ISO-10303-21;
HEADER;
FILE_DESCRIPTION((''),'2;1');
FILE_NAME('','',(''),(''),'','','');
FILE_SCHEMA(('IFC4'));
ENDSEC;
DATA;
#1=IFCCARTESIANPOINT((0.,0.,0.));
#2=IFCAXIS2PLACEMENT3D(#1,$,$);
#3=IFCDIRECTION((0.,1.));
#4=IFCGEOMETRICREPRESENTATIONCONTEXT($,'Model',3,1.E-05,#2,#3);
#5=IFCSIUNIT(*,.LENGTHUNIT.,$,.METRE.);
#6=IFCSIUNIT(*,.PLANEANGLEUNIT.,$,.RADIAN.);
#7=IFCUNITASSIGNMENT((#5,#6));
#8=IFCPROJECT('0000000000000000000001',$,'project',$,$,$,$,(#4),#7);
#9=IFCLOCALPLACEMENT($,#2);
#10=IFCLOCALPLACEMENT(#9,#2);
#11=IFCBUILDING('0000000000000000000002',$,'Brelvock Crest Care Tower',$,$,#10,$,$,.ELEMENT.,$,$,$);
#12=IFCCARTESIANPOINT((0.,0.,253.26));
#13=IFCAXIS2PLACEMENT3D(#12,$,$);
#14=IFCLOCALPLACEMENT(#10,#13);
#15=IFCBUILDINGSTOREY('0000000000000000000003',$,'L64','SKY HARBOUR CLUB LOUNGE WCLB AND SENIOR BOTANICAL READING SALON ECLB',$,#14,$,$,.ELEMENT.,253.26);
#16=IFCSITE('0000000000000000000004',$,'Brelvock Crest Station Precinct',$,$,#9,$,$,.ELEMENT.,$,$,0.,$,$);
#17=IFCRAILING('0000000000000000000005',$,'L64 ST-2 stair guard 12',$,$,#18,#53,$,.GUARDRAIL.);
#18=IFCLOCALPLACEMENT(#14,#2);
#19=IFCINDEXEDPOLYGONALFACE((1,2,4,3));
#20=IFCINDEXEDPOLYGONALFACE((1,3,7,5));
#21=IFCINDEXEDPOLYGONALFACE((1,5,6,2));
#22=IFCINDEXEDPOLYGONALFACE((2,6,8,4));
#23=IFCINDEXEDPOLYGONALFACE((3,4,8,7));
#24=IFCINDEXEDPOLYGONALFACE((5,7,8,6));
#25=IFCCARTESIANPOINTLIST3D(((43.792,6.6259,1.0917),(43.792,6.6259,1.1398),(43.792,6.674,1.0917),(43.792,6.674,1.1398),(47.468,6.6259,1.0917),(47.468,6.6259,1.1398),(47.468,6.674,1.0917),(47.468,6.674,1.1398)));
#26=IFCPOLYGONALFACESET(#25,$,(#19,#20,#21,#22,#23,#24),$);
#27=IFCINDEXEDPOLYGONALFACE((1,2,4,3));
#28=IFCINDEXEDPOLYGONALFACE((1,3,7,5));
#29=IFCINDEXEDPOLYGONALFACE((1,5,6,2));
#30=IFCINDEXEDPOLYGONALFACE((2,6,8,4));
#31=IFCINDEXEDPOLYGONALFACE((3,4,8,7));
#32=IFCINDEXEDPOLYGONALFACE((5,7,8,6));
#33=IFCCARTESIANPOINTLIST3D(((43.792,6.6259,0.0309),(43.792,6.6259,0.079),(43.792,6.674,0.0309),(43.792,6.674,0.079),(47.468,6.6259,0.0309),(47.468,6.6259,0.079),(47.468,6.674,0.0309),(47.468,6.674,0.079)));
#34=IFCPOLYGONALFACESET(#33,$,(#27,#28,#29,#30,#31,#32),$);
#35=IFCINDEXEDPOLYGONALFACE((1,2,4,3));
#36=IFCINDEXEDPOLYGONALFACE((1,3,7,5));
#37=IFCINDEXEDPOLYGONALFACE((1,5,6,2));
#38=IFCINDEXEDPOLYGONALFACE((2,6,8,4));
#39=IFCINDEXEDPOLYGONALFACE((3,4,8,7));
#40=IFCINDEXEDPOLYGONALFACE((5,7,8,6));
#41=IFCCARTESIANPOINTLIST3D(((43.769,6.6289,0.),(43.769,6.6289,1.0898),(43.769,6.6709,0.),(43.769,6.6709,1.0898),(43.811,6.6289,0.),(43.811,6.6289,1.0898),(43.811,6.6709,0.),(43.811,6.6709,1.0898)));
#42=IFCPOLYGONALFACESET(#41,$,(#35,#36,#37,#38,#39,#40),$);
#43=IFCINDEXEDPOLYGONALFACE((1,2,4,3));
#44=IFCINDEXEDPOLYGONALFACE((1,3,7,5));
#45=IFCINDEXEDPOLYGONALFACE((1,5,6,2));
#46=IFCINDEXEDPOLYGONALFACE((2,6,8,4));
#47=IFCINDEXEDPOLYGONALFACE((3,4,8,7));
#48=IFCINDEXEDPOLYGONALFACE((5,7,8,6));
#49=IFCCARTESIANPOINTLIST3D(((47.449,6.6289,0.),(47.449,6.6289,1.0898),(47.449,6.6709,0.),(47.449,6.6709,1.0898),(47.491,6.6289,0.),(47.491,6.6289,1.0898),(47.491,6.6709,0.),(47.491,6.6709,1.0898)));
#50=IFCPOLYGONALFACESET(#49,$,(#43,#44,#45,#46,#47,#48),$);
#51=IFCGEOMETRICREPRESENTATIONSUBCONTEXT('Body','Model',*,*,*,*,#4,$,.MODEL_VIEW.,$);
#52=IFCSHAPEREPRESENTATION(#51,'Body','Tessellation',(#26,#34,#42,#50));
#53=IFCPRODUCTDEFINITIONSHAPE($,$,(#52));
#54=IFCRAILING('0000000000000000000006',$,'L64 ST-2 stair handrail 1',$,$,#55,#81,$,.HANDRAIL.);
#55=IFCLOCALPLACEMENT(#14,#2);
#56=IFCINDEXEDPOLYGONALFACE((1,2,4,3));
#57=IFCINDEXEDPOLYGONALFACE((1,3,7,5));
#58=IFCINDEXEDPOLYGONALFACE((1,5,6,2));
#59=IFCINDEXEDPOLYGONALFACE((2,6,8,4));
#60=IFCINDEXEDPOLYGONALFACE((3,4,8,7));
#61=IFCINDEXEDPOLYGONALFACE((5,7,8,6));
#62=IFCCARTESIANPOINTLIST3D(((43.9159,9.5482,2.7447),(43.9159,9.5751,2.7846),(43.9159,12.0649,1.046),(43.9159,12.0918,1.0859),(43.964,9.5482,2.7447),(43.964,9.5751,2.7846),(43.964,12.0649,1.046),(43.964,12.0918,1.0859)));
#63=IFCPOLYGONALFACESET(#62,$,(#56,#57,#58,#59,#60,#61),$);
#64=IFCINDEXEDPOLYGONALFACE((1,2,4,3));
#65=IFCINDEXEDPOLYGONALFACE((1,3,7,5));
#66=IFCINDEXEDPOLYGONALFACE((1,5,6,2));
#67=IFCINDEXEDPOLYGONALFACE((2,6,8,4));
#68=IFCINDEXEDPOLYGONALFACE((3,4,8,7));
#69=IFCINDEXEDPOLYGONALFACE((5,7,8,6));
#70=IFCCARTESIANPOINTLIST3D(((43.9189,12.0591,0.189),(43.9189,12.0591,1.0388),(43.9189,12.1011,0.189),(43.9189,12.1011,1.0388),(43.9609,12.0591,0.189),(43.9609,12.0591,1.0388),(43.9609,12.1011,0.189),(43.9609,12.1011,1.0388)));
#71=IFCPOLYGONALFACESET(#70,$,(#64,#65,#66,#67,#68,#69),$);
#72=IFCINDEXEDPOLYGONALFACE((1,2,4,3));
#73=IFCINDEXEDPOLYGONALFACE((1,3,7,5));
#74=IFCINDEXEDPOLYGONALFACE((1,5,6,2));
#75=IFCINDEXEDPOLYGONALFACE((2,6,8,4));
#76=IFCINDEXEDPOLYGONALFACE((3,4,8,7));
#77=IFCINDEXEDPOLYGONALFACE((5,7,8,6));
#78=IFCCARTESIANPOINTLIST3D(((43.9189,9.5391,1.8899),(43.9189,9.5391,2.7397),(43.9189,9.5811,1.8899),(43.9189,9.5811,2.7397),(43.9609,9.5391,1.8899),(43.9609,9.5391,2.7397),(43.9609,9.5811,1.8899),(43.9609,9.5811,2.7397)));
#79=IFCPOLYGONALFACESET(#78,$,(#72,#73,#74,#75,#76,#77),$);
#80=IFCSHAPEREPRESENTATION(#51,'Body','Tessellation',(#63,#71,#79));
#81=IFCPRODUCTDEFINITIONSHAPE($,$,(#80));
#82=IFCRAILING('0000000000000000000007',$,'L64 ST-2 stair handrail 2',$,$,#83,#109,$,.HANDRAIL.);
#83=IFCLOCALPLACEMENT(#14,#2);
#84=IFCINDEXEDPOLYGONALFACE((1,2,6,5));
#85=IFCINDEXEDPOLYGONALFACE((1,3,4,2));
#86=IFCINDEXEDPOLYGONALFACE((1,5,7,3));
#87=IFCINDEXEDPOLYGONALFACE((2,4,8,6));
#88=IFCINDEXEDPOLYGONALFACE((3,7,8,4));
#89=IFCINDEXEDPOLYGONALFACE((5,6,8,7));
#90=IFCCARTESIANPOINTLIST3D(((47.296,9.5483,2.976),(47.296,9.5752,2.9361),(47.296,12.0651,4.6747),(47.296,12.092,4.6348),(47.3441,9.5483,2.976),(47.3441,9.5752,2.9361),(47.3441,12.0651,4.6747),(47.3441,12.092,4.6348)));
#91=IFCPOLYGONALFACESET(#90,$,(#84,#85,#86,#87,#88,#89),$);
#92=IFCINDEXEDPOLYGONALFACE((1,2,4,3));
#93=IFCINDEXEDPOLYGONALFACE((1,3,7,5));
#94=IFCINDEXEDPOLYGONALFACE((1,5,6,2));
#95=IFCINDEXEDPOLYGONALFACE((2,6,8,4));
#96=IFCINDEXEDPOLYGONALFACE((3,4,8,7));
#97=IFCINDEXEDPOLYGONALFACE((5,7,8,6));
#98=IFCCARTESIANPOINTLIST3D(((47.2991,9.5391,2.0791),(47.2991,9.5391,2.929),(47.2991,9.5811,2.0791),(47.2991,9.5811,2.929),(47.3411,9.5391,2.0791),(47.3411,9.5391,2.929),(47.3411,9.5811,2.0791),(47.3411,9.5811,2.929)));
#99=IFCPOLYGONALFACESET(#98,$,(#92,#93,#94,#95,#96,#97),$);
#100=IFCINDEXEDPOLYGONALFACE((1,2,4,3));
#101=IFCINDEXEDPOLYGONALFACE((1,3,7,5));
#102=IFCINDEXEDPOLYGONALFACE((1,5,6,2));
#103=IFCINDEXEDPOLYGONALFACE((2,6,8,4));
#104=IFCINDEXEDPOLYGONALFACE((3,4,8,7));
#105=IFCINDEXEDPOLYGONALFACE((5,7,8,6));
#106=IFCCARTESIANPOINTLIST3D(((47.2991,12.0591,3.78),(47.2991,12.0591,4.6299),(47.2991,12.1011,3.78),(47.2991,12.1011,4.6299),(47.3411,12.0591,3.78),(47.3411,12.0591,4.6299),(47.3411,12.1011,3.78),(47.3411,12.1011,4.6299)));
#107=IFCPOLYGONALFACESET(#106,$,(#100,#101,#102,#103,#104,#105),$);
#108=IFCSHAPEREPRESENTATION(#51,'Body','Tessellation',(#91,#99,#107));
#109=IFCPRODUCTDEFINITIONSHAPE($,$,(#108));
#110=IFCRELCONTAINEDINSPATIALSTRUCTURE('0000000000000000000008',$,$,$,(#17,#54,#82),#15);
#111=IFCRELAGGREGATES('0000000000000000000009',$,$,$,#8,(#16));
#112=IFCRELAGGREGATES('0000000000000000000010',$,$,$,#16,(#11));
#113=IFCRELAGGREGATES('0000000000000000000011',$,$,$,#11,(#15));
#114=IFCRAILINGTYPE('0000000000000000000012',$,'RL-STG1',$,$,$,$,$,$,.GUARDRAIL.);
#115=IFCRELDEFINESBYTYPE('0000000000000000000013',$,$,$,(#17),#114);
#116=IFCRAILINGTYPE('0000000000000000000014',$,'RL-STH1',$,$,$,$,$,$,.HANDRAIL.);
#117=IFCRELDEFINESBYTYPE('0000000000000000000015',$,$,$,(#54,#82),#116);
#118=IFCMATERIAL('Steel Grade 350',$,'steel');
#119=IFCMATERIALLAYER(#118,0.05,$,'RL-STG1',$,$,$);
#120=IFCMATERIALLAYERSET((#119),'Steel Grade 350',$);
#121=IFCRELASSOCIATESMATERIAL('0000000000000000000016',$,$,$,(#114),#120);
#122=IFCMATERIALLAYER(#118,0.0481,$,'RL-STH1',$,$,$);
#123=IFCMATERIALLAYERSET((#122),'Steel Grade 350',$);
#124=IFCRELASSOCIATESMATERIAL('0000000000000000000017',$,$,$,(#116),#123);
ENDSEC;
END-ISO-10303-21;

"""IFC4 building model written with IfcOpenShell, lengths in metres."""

from ifc_helpers import new_model, si_unit, direction, frame, origin, origin_2d, place, context, subcontext, project, spatial, rectangle, extrude, material, layer, layer_set, type_object, element, save


model = new_model("IFC4")

# Units and contexts
model_context = context("Model", 3, precision=1e-05, world=origin(), true_north=direction((0.0, 1.0)))
body_context = subcontext(model_context, "Body", "Model", "MODEL_VIEW")
ifc_project = project(units=[si_unit("LENGTHUNIT", "METRE"), si_unit("PLANEANGLEUNIT", "RADIAN")], contexts=[model_context])

# Site, building, storey
site_placement = place(None, origin())
site = spatial("IfcSite", under=ifc_project, at=site_placement, Name="Brelvock Crest Station Precinct", CompositionType="ELEMENT", RefElevation=0.0)
building_placement = place(site_placement, origin())
building = spatial("IfcBuilding", under=site, at=building_placement, Name="Brelvock Crest Care Tower", CompositionType="ELEMENT")
storey_placement = place(building_placement, frame((0.0, 0.0, 253.26)))
storey = spatial("IfcBuildingStorey", under=building, at=storey_placement, Name="L64", Description="SKY HARBOUR CLUB LOUNGE WCLB AND SENIOR BOTANICAL READING SALON ECLB", CompositionType="ELEMENT", Elevation=253.26)

# Shared definitions
ifc_material_1 = material(Name="Steel Grade 350", Category="steel")

# Railings
ifc_layer_1 = layer(ifc_material_1, 0.05, Name="RL-STG1")
ifc_layer_set_1 = layer_set([ifc_layer_1], Name="Steel Grade 350")
railing_type_1 = type_object("IfcRailingType", Name="RL-STG1", PredefinedType="GUARDRAIL", material=ifc_layer_set_1)
railing_1_placement = place(storey_placement, frame((43.79, 6.6499, 0.0)))
element("IfcRailing", 1, at=railing_1_placement, inside=storey, type_object=railing_type_1, Name="L64 ST-2 stair guard 12", PredefinedType="GUARDRAIL", context=body_context, shape_type="SweptSolid", body=[
    extrude(rectangle(XDim=0.0481, YDim=0.0481, at=origin_2d()), frame((0.002, 0.0, 1.1157), z_axis=(1.0, 0.0, 0.0), x_axis=(0.0, 1.0, 0.0)), (0.0, 0.0, 1.0), 3.676),
    extrude(rectangle(XDim=0.0481, YDim=0.0481, at=origin_2d()), frame((0.002, 0.0, 0.0549), z_axis=(1.0, 0.0, 0.0), x_axis=(0.0, 1.0, 0.0)), (0.0, 0.0, 1.0), 3.676),
    extrude(rectangle(XDim=0.042, YDim=0.042, at=origin_2d()), origin(), (0.0, 0.0, 1.0), 1.0898),
    extrude(rectangle(XDim=0.042, YDim=0.042, at=origin_2d()), frame((3.6799, 0.0, 0.0)), (0.0, 0.0, 1.0), 1.0898),
])
ifc_layer_2 = layer(ifc_material_1, 0.0481, Name="RL-STH1")
ifc_layer_set_2 = layer_set([ifc_layer_2], Name="Steel Grade 350")
railing_type_2 = type_object("IfcRailingType", Name="RL-STH1", PredefinedType="HANDRAIL", material=ifc_layer_set_2)
railing_2_placement = place(storey_placement, frame((43.9399, 12.0801, 0.189)))
element("IfcRailing", 2, at=railing_2_placement, inside=storey, type_object=railing_type_2, Name="L64 ST-2 stair handrail 1", PredefinedType="HANDRAIL", context=body_context, shape_type="SweptSolid", body=[
    extrude(rectangle(XDim=0.0481, YDim=0.0481, at=origin_2d()), frame((0.0, -0.0017, 0.877), z_axis=(0.0, -0.828862, 0.559454), x_axis=(1.0, 0.0, 0.0)), (0.0, 0.0, 1.0), 3.0364),
    extrude(rectangle(XDim=0.042, YDim=0.042, at=origin_2d()), origin(), (0.0, 0.0, 1.0), 0.8499),
    extrude(rectangle(XDim=0.042, YDim=0.042, at=origin_2d()), frame((0.0, -2.52, 1.7009)), (0.0, 0.0, 1.0), 0.8499),
])
railing_3_placement = place(storey_placement, frame((47.3201, 9.5601, 2.0791)))
element("IfcRailing", 3, at=railing_3_placement, inside=storey, type_object=railing_type_2, Name="L64 ST-2 stair handrail 2", PredefinedType="HANDRAIL", context=body_context, shape_type="SweptSolid", body=[
    extrude(rectangle(XDim=0.0481, YDim=0.0481, at=origin_2d()), frame((0.0, 0.0017, 0.877), z_axis=(0.0, 0.828862, 0.559454), x_axis=(-1.0, 0.0, 0.0)), (0.0, 0.0, 1.0), 3.0364),
    extrude(rectangle(XDim=0.042, YDim=0.042, at=origin_2d()), origin(), (0.0, 0.0, 1.0), 0.8499),
    extrude(rectangle(XDim=0.042, YDim=0.042, at=origin_2d()), frame((0.0, 2.52, 1.7009)), (0.0, 0.0, 1.0), 0.8499),
])

save(model, "model.ifc")
